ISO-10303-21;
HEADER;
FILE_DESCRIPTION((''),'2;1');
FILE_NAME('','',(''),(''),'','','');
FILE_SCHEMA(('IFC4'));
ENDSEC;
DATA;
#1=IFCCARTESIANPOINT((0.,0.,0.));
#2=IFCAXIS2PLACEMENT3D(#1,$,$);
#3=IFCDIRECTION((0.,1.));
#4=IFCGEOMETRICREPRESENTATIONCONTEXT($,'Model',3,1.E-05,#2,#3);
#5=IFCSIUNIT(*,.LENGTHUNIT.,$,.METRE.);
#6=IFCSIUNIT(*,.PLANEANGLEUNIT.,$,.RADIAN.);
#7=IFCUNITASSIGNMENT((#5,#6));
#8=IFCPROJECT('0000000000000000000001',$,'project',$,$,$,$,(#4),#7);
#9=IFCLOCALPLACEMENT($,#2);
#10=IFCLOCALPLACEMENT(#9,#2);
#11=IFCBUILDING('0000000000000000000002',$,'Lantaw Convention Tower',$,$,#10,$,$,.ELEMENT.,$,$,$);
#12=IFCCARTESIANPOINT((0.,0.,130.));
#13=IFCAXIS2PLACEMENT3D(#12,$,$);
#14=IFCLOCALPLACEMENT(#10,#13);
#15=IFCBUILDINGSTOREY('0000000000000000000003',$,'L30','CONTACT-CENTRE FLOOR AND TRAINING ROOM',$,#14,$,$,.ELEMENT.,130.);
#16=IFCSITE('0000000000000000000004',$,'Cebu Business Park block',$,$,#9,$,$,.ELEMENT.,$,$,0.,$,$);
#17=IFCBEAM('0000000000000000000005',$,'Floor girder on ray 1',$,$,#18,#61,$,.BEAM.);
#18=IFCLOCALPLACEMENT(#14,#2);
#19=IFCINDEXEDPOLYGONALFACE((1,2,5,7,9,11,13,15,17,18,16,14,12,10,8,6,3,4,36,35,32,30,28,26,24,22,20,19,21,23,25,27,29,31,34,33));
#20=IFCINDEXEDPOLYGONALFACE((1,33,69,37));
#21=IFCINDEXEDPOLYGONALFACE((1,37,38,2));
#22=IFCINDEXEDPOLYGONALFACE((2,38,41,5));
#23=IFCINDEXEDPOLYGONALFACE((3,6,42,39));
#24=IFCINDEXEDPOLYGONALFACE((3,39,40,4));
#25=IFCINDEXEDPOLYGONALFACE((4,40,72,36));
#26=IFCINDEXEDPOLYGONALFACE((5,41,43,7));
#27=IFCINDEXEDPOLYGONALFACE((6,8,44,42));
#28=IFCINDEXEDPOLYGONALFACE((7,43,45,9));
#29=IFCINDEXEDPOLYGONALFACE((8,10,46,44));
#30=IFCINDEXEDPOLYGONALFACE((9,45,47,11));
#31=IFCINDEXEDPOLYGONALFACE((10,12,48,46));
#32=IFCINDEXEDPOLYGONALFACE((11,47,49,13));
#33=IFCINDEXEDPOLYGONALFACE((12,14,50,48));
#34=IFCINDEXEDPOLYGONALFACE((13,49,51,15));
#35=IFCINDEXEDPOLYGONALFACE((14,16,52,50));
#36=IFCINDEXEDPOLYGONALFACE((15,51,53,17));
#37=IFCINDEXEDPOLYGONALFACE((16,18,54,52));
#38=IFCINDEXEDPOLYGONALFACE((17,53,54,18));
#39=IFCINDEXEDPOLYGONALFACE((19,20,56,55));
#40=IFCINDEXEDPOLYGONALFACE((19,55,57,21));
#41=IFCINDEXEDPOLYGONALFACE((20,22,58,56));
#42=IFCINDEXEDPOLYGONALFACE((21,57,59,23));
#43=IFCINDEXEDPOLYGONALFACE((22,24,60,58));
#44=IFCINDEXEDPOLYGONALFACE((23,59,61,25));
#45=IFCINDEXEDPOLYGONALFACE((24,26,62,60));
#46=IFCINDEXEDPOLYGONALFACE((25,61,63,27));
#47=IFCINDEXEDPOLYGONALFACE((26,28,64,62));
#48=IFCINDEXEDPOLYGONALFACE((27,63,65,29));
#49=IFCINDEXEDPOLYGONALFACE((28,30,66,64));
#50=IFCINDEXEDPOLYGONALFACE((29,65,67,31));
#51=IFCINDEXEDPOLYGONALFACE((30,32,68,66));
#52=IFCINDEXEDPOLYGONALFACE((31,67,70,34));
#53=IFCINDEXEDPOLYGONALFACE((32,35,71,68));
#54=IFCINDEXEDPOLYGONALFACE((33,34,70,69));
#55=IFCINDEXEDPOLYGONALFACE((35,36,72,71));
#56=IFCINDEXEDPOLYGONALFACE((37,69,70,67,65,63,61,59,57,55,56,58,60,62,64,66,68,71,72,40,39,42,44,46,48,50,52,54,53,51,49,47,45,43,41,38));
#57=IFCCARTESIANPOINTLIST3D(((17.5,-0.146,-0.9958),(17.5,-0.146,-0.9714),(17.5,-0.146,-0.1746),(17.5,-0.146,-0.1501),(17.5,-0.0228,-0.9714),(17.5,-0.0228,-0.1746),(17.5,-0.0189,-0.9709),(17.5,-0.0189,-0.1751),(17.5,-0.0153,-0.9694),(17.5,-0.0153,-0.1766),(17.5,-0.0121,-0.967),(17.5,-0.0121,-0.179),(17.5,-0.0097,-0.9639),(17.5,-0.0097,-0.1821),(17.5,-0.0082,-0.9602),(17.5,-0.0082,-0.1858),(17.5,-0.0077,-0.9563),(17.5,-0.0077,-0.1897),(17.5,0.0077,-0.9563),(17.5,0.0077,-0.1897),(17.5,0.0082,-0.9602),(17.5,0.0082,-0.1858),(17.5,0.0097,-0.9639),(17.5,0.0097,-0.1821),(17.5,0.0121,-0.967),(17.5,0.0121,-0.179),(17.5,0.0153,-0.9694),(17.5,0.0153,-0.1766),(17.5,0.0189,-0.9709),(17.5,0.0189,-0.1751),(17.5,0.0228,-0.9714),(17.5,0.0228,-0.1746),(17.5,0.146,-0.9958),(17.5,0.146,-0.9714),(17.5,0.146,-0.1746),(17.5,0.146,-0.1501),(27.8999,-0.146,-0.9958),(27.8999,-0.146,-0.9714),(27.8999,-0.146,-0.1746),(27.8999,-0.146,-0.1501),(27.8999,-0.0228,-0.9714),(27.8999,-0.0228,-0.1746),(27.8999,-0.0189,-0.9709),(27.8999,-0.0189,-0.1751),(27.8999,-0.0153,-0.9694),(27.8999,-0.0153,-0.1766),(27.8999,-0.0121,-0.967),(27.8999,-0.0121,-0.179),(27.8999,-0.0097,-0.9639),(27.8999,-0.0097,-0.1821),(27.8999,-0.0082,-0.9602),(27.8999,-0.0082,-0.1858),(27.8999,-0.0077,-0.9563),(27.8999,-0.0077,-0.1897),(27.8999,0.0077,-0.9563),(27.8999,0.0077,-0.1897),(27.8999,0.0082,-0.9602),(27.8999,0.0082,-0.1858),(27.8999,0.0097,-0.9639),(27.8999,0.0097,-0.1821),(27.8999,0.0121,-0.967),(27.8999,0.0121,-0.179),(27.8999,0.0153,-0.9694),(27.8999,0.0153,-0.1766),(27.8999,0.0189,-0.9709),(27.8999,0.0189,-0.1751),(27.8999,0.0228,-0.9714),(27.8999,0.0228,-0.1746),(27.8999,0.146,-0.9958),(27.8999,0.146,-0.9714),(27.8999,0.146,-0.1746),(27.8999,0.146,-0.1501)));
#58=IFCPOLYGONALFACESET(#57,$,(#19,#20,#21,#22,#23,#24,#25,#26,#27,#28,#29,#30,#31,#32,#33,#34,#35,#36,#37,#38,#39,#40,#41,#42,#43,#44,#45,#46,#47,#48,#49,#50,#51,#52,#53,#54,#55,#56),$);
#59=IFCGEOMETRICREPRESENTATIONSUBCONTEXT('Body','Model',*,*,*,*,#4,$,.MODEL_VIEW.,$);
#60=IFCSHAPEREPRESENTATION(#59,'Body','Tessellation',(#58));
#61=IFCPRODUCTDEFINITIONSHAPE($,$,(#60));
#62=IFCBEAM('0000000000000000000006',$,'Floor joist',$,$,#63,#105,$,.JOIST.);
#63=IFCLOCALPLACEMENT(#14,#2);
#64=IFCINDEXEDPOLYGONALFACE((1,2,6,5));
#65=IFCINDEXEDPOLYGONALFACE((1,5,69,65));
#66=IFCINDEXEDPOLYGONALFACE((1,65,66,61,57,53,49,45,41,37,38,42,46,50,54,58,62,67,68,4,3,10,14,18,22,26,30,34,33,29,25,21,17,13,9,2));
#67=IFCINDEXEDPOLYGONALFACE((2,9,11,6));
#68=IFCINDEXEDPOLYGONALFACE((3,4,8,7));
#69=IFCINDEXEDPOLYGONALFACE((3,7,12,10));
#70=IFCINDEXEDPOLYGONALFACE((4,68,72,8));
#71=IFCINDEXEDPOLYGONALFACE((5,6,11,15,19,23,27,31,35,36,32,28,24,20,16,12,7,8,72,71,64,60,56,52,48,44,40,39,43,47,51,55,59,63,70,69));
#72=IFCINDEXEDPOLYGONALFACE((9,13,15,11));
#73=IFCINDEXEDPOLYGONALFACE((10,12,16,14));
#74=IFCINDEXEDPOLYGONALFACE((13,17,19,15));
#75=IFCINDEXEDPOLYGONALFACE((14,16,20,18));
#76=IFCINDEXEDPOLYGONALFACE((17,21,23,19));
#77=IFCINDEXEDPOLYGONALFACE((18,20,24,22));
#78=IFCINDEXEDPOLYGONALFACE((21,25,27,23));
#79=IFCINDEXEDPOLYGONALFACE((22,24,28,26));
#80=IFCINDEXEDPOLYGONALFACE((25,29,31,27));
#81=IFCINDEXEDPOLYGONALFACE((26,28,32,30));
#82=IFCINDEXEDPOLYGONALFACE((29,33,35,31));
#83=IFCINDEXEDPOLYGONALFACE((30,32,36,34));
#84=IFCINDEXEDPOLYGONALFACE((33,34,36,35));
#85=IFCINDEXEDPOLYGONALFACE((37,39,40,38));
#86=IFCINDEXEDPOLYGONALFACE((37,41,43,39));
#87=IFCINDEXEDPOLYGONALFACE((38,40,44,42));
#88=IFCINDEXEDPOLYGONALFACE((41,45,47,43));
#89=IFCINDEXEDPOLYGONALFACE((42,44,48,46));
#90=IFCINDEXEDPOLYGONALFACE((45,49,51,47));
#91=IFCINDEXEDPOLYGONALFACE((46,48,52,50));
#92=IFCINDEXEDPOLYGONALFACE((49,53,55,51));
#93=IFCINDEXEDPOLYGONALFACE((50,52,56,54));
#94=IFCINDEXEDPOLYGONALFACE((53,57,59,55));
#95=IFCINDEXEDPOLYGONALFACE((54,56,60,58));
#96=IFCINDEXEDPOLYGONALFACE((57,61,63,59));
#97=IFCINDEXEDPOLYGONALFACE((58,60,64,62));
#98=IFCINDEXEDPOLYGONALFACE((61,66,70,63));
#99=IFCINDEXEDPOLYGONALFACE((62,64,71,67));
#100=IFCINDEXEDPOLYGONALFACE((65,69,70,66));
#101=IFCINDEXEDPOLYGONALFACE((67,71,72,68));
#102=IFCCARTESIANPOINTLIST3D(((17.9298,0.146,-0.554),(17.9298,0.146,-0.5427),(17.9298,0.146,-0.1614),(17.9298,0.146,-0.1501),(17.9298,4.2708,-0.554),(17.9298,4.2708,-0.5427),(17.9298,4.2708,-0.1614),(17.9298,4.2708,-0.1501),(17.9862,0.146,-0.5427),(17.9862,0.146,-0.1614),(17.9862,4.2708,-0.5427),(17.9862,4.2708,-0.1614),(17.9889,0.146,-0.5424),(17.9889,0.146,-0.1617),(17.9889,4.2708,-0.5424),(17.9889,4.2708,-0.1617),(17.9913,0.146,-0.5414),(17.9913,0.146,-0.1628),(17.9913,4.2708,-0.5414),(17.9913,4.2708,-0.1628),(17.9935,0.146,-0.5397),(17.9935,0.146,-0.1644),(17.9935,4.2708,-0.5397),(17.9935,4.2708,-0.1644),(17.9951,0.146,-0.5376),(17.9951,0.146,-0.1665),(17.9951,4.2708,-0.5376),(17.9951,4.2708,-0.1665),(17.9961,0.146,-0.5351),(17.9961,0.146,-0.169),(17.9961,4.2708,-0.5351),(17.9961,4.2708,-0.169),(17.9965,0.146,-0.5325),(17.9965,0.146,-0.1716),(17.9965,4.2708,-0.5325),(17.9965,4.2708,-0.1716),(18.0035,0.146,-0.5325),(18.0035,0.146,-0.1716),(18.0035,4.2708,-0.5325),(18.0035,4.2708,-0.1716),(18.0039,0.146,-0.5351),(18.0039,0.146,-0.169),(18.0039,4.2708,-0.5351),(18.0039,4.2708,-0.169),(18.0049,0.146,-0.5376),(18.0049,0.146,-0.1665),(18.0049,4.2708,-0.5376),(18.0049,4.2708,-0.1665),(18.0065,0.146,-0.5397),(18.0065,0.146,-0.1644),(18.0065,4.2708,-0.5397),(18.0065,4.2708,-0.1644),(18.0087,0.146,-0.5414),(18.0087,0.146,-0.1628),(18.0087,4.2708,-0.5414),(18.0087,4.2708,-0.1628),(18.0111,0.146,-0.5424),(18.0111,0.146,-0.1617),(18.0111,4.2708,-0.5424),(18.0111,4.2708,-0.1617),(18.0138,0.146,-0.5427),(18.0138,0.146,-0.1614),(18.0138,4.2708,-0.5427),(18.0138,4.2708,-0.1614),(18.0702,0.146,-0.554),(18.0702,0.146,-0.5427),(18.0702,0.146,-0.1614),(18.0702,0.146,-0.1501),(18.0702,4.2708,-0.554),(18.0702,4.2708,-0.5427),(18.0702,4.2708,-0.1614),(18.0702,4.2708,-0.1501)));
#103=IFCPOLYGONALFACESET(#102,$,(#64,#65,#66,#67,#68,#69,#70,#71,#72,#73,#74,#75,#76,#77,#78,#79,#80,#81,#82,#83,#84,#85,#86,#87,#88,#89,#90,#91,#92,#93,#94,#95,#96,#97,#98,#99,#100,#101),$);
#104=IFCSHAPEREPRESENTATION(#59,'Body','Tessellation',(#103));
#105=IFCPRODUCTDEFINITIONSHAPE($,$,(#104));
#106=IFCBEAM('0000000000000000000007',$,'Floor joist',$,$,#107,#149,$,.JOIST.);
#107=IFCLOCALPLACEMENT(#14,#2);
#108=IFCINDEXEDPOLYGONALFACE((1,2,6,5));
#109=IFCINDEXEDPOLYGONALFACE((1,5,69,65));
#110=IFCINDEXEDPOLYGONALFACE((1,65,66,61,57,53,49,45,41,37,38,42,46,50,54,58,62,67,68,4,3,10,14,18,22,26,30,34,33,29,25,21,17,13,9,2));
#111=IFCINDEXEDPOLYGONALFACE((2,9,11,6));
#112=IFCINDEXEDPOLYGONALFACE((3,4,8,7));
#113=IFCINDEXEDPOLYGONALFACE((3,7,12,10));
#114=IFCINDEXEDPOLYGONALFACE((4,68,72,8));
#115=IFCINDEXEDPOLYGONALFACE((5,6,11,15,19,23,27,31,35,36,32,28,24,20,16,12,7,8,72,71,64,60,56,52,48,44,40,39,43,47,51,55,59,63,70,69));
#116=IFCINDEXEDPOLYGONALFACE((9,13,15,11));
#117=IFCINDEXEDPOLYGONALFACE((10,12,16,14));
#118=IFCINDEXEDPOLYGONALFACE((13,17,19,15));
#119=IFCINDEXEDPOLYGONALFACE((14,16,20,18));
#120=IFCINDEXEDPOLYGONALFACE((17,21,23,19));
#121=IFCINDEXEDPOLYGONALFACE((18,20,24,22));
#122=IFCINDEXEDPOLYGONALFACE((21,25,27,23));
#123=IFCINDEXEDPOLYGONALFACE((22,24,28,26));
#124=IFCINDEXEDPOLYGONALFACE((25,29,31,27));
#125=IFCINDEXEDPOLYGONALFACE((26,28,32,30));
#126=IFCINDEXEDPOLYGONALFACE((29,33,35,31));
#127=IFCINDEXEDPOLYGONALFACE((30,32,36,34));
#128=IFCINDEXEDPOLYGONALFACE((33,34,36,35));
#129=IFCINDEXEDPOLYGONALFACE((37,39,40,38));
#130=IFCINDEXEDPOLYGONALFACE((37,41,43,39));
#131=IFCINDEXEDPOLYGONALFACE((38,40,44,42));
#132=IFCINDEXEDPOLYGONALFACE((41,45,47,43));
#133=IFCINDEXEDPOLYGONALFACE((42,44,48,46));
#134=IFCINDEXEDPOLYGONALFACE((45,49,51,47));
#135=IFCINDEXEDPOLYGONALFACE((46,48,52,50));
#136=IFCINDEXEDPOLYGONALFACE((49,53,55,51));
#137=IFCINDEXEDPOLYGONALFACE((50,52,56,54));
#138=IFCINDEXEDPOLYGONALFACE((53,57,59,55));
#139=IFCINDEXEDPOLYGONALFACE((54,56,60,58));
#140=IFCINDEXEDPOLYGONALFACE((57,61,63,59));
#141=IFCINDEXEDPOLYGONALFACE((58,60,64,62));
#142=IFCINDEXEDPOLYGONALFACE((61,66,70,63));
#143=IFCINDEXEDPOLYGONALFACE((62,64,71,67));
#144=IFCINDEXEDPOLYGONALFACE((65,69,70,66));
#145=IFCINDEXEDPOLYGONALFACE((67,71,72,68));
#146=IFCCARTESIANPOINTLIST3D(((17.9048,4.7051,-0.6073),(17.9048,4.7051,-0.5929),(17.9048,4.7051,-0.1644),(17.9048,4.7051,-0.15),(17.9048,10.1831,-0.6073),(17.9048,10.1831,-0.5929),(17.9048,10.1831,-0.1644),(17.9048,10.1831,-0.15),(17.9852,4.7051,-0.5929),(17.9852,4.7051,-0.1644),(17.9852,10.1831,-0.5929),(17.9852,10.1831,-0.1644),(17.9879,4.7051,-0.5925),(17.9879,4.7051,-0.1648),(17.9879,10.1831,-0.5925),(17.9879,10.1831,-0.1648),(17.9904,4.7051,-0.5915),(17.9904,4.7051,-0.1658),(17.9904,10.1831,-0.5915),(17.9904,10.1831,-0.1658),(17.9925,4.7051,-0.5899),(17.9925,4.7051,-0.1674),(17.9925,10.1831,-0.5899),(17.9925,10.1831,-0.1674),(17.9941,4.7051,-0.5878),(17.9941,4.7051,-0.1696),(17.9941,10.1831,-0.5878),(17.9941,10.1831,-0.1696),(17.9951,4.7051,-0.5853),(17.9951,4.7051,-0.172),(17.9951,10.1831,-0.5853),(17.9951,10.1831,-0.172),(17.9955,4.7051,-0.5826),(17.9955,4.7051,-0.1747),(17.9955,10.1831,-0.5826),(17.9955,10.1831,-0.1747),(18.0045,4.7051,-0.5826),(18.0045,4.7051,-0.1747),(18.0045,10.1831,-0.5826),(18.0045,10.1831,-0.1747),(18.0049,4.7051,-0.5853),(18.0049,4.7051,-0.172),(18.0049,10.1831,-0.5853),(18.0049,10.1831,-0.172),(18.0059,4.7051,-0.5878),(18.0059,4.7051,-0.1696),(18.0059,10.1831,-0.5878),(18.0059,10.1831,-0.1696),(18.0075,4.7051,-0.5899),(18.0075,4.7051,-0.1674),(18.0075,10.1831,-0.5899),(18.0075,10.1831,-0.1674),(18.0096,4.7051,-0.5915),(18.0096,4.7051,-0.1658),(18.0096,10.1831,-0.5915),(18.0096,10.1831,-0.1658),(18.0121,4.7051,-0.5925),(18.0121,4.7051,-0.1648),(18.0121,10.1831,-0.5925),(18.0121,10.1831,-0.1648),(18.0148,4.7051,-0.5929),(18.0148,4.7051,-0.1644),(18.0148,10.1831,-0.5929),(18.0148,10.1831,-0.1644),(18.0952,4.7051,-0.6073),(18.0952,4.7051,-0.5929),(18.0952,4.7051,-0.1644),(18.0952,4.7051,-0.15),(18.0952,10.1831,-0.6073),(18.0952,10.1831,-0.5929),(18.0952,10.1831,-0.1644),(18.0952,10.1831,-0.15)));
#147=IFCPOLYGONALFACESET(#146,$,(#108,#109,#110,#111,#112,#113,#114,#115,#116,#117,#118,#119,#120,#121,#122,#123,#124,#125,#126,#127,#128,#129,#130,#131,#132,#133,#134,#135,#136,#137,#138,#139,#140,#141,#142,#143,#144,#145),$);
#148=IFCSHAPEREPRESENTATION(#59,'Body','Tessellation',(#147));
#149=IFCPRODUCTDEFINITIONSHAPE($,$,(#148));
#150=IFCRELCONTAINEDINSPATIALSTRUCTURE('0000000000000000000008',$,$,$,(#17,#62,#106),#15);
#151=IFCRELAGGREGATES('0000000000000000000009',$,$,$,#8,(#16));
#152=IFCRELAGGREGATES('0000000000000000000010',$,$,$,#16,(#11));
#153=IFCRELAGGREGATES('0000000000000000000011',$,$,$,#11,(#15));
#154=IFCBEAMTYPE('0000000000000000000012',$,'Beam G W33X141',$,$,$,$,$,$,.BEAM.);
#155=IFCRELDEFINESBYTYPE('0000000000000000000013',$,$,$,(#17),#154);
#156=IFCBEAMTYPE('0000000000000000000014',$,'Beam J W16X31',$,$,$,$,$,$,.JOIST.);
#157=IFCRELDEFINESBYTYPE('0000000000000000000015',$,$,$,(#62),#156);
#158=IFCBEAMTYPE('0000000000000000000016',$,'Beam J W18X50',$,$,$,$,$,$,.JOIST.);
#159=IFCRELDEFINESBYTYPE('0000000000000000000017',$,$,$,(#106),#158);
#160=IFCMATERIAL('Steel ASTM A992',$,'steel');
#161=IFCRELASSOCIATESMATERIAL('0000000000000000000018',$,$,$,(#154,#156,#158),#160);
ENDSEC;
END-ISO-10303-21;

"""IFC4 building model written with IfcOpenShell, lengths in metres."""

from ifc_helpers import new_model, si_unit, direction, frame, origin, origin_2d, place, context, subcontext, project, spatial, i_section, extrude, material, material_profile, profile_set, type_object, element, save


model = new_model("IFC4")

# Units and contexts
model_context = context("Model", 3, precision=1e-05, world=origin(), true_north=direction((0.0, 1.0)))
body_context = subcontext(model_context, "Body", "Model", "MODEL_VIEW")
ifc_project = project(units=[si_unit("LENGTHUNIT", "METRE"), si_unit("PLANEANGLEUNIT", "RADIAN")], contexts=[model_context])

# Site, building, storey
site_placement = place(None, origin())
site = spatial("IfcSite", under=ifc_project, at=site_placement, Name="Cebu Business Park block", CompositionType="ELEMENT", RefElevation=0.0)
building_placement = place(site_placement, origin())
building = spatial("IfcBuilding", under=site, at=building_placement, Name="Lantaw Convention Tower", CompositionType="ELEMENT")
storey_placement = place(building_placement, frame((0.0, 0.0, 130.0)))
storey = spatial("IfcBuildingStorey", under=building, at=storey_placement, Name="L30", Description="CONTACT-CENTRE FLOOR AND TRAINING ROOM", CompositionType="ELEMENT", Elevation=130.0)

# Beams
ifc_material_1 = material(Name="Steel ASTM A992", Category="steel")
ifc_material_profile_1 = material_profile(ifc_material_1, i_section(OverallWidth=0.292, OverallDepth=0.8457, WebThickness=0.0154, FlangeThickness=0.0244, FilletRadius=0.0151, at=origin_2d()), Name="W33X141")
ifc_profile_set_1 = profile_set([ifc_material_profile_1], Name="Steel ASTM A992")
beam_type_1 = type_object("IfcBeamType", Name="Beam G W33X141", PredefinedType="BEAM", material=ifc_profile_set_1)
beam_1_placement = place(storey_placement, frame((17.5, 0.0, -0.573), z_axis=(1.0, 0.0, 0.0), x_axis=(0.0, 1.0, 0.0)))
element("IfcBeam", 1, at=beam_1_placement, inside=storey, type_object=beam_type_1, Name="Floor girder on ray 1", PredefinedType="BEAM", context=body_context, shape_type="SweptSolid", body=[
    extrude(i_section(OverallWidth=0.292, OverallDepth=0.8457, WebThickness=0.0154, FlangeThickness=0.0244, FilletRadius=0.0151, at=origin_2d()), origin(), (0.0, 0.0, 1.0), 10.3999),
])
ifc_material_profile_2 = material_profile(ifc_material_1, i_section(OverallWidth=0.1404, OverallDepth=0.4038, WebThickness=0.0071, FlangeThickness=0.0112, FilletRadius=0.0103, at=origin_2d()), Name="W16X31")
ifc_profile_set_2 = profile_set([ifc_material_profile_2], Name="Steel ASTM A992")
beam_type_2 = type_object("IfcBeamType", Name="Beam J W16X31", PredefinedType="JOIST", material=ifc_profile_set_2)
beam_2_placement = place(storey_placement, frame((18.0, 0.146, -0.3521), z_axis=(0.0, 1.0, 0.0), x_axis=(-1.0, 0.0, 0.0)))
element("IfcBeam", 2, at=beam_2_placement, inside=storey, type_object=beam_type_2, Name="Floor joist", PredefinedType="JOIST", context=body_context, shape_type="SweptSolid", body=[
    extrude(i_section(OverallWidth=0.1404, OverallDepth=0.4038, WebThickness=0.0071, FlangeThickness=0.0112, FilletRadius=0.0103, at=origin_2d()), origin(), (0.0, 0.0, 1.0), 4.1248),
])
ifc_material_profile_3 = material_profile(ifc_material_1, i_section(OverallWidth=0.1904, OverallDepth=0.4573, WebThickness=0.009, FlangeThickness=0.0144, FilletRadius=0.0103, at=origin_2d()), Name="W18X50")
ifc_profile_set_3 = profile_set([ifc_material_profile_3], Name="Steel ASTM A992")
beam_type_3 = type_object("IfcBeamType", Name="Beam J W18X50", PredefinedType="JOIST", material=ifc_profile_set_3)
beam_3_placement = place(storey_placement, frame((18.0, 4.7051, -0.3787), z_axis=(0.0, 1.0, 0.0), x_axis=(-1.0, 0.0, 0.0)))
element("IfcBeam", 3, at=beam_3_placement, inside=storey, type_object=beam_type_3, Name="Floor joist", PredefinedType="JOIST", context=body_context, shape_type="SweptSolid", body=[
    extrude(i_section(OverallWidth=0.1904, OverallDepth=0.4573, WebThickness=0.009, FlangeThickness=0.0144, FilletRadius=0.0103, at=origin_2d()), origin(), (0.0, 0.0, 1.0), 5.478),
])

save(model, "model.ifc")
